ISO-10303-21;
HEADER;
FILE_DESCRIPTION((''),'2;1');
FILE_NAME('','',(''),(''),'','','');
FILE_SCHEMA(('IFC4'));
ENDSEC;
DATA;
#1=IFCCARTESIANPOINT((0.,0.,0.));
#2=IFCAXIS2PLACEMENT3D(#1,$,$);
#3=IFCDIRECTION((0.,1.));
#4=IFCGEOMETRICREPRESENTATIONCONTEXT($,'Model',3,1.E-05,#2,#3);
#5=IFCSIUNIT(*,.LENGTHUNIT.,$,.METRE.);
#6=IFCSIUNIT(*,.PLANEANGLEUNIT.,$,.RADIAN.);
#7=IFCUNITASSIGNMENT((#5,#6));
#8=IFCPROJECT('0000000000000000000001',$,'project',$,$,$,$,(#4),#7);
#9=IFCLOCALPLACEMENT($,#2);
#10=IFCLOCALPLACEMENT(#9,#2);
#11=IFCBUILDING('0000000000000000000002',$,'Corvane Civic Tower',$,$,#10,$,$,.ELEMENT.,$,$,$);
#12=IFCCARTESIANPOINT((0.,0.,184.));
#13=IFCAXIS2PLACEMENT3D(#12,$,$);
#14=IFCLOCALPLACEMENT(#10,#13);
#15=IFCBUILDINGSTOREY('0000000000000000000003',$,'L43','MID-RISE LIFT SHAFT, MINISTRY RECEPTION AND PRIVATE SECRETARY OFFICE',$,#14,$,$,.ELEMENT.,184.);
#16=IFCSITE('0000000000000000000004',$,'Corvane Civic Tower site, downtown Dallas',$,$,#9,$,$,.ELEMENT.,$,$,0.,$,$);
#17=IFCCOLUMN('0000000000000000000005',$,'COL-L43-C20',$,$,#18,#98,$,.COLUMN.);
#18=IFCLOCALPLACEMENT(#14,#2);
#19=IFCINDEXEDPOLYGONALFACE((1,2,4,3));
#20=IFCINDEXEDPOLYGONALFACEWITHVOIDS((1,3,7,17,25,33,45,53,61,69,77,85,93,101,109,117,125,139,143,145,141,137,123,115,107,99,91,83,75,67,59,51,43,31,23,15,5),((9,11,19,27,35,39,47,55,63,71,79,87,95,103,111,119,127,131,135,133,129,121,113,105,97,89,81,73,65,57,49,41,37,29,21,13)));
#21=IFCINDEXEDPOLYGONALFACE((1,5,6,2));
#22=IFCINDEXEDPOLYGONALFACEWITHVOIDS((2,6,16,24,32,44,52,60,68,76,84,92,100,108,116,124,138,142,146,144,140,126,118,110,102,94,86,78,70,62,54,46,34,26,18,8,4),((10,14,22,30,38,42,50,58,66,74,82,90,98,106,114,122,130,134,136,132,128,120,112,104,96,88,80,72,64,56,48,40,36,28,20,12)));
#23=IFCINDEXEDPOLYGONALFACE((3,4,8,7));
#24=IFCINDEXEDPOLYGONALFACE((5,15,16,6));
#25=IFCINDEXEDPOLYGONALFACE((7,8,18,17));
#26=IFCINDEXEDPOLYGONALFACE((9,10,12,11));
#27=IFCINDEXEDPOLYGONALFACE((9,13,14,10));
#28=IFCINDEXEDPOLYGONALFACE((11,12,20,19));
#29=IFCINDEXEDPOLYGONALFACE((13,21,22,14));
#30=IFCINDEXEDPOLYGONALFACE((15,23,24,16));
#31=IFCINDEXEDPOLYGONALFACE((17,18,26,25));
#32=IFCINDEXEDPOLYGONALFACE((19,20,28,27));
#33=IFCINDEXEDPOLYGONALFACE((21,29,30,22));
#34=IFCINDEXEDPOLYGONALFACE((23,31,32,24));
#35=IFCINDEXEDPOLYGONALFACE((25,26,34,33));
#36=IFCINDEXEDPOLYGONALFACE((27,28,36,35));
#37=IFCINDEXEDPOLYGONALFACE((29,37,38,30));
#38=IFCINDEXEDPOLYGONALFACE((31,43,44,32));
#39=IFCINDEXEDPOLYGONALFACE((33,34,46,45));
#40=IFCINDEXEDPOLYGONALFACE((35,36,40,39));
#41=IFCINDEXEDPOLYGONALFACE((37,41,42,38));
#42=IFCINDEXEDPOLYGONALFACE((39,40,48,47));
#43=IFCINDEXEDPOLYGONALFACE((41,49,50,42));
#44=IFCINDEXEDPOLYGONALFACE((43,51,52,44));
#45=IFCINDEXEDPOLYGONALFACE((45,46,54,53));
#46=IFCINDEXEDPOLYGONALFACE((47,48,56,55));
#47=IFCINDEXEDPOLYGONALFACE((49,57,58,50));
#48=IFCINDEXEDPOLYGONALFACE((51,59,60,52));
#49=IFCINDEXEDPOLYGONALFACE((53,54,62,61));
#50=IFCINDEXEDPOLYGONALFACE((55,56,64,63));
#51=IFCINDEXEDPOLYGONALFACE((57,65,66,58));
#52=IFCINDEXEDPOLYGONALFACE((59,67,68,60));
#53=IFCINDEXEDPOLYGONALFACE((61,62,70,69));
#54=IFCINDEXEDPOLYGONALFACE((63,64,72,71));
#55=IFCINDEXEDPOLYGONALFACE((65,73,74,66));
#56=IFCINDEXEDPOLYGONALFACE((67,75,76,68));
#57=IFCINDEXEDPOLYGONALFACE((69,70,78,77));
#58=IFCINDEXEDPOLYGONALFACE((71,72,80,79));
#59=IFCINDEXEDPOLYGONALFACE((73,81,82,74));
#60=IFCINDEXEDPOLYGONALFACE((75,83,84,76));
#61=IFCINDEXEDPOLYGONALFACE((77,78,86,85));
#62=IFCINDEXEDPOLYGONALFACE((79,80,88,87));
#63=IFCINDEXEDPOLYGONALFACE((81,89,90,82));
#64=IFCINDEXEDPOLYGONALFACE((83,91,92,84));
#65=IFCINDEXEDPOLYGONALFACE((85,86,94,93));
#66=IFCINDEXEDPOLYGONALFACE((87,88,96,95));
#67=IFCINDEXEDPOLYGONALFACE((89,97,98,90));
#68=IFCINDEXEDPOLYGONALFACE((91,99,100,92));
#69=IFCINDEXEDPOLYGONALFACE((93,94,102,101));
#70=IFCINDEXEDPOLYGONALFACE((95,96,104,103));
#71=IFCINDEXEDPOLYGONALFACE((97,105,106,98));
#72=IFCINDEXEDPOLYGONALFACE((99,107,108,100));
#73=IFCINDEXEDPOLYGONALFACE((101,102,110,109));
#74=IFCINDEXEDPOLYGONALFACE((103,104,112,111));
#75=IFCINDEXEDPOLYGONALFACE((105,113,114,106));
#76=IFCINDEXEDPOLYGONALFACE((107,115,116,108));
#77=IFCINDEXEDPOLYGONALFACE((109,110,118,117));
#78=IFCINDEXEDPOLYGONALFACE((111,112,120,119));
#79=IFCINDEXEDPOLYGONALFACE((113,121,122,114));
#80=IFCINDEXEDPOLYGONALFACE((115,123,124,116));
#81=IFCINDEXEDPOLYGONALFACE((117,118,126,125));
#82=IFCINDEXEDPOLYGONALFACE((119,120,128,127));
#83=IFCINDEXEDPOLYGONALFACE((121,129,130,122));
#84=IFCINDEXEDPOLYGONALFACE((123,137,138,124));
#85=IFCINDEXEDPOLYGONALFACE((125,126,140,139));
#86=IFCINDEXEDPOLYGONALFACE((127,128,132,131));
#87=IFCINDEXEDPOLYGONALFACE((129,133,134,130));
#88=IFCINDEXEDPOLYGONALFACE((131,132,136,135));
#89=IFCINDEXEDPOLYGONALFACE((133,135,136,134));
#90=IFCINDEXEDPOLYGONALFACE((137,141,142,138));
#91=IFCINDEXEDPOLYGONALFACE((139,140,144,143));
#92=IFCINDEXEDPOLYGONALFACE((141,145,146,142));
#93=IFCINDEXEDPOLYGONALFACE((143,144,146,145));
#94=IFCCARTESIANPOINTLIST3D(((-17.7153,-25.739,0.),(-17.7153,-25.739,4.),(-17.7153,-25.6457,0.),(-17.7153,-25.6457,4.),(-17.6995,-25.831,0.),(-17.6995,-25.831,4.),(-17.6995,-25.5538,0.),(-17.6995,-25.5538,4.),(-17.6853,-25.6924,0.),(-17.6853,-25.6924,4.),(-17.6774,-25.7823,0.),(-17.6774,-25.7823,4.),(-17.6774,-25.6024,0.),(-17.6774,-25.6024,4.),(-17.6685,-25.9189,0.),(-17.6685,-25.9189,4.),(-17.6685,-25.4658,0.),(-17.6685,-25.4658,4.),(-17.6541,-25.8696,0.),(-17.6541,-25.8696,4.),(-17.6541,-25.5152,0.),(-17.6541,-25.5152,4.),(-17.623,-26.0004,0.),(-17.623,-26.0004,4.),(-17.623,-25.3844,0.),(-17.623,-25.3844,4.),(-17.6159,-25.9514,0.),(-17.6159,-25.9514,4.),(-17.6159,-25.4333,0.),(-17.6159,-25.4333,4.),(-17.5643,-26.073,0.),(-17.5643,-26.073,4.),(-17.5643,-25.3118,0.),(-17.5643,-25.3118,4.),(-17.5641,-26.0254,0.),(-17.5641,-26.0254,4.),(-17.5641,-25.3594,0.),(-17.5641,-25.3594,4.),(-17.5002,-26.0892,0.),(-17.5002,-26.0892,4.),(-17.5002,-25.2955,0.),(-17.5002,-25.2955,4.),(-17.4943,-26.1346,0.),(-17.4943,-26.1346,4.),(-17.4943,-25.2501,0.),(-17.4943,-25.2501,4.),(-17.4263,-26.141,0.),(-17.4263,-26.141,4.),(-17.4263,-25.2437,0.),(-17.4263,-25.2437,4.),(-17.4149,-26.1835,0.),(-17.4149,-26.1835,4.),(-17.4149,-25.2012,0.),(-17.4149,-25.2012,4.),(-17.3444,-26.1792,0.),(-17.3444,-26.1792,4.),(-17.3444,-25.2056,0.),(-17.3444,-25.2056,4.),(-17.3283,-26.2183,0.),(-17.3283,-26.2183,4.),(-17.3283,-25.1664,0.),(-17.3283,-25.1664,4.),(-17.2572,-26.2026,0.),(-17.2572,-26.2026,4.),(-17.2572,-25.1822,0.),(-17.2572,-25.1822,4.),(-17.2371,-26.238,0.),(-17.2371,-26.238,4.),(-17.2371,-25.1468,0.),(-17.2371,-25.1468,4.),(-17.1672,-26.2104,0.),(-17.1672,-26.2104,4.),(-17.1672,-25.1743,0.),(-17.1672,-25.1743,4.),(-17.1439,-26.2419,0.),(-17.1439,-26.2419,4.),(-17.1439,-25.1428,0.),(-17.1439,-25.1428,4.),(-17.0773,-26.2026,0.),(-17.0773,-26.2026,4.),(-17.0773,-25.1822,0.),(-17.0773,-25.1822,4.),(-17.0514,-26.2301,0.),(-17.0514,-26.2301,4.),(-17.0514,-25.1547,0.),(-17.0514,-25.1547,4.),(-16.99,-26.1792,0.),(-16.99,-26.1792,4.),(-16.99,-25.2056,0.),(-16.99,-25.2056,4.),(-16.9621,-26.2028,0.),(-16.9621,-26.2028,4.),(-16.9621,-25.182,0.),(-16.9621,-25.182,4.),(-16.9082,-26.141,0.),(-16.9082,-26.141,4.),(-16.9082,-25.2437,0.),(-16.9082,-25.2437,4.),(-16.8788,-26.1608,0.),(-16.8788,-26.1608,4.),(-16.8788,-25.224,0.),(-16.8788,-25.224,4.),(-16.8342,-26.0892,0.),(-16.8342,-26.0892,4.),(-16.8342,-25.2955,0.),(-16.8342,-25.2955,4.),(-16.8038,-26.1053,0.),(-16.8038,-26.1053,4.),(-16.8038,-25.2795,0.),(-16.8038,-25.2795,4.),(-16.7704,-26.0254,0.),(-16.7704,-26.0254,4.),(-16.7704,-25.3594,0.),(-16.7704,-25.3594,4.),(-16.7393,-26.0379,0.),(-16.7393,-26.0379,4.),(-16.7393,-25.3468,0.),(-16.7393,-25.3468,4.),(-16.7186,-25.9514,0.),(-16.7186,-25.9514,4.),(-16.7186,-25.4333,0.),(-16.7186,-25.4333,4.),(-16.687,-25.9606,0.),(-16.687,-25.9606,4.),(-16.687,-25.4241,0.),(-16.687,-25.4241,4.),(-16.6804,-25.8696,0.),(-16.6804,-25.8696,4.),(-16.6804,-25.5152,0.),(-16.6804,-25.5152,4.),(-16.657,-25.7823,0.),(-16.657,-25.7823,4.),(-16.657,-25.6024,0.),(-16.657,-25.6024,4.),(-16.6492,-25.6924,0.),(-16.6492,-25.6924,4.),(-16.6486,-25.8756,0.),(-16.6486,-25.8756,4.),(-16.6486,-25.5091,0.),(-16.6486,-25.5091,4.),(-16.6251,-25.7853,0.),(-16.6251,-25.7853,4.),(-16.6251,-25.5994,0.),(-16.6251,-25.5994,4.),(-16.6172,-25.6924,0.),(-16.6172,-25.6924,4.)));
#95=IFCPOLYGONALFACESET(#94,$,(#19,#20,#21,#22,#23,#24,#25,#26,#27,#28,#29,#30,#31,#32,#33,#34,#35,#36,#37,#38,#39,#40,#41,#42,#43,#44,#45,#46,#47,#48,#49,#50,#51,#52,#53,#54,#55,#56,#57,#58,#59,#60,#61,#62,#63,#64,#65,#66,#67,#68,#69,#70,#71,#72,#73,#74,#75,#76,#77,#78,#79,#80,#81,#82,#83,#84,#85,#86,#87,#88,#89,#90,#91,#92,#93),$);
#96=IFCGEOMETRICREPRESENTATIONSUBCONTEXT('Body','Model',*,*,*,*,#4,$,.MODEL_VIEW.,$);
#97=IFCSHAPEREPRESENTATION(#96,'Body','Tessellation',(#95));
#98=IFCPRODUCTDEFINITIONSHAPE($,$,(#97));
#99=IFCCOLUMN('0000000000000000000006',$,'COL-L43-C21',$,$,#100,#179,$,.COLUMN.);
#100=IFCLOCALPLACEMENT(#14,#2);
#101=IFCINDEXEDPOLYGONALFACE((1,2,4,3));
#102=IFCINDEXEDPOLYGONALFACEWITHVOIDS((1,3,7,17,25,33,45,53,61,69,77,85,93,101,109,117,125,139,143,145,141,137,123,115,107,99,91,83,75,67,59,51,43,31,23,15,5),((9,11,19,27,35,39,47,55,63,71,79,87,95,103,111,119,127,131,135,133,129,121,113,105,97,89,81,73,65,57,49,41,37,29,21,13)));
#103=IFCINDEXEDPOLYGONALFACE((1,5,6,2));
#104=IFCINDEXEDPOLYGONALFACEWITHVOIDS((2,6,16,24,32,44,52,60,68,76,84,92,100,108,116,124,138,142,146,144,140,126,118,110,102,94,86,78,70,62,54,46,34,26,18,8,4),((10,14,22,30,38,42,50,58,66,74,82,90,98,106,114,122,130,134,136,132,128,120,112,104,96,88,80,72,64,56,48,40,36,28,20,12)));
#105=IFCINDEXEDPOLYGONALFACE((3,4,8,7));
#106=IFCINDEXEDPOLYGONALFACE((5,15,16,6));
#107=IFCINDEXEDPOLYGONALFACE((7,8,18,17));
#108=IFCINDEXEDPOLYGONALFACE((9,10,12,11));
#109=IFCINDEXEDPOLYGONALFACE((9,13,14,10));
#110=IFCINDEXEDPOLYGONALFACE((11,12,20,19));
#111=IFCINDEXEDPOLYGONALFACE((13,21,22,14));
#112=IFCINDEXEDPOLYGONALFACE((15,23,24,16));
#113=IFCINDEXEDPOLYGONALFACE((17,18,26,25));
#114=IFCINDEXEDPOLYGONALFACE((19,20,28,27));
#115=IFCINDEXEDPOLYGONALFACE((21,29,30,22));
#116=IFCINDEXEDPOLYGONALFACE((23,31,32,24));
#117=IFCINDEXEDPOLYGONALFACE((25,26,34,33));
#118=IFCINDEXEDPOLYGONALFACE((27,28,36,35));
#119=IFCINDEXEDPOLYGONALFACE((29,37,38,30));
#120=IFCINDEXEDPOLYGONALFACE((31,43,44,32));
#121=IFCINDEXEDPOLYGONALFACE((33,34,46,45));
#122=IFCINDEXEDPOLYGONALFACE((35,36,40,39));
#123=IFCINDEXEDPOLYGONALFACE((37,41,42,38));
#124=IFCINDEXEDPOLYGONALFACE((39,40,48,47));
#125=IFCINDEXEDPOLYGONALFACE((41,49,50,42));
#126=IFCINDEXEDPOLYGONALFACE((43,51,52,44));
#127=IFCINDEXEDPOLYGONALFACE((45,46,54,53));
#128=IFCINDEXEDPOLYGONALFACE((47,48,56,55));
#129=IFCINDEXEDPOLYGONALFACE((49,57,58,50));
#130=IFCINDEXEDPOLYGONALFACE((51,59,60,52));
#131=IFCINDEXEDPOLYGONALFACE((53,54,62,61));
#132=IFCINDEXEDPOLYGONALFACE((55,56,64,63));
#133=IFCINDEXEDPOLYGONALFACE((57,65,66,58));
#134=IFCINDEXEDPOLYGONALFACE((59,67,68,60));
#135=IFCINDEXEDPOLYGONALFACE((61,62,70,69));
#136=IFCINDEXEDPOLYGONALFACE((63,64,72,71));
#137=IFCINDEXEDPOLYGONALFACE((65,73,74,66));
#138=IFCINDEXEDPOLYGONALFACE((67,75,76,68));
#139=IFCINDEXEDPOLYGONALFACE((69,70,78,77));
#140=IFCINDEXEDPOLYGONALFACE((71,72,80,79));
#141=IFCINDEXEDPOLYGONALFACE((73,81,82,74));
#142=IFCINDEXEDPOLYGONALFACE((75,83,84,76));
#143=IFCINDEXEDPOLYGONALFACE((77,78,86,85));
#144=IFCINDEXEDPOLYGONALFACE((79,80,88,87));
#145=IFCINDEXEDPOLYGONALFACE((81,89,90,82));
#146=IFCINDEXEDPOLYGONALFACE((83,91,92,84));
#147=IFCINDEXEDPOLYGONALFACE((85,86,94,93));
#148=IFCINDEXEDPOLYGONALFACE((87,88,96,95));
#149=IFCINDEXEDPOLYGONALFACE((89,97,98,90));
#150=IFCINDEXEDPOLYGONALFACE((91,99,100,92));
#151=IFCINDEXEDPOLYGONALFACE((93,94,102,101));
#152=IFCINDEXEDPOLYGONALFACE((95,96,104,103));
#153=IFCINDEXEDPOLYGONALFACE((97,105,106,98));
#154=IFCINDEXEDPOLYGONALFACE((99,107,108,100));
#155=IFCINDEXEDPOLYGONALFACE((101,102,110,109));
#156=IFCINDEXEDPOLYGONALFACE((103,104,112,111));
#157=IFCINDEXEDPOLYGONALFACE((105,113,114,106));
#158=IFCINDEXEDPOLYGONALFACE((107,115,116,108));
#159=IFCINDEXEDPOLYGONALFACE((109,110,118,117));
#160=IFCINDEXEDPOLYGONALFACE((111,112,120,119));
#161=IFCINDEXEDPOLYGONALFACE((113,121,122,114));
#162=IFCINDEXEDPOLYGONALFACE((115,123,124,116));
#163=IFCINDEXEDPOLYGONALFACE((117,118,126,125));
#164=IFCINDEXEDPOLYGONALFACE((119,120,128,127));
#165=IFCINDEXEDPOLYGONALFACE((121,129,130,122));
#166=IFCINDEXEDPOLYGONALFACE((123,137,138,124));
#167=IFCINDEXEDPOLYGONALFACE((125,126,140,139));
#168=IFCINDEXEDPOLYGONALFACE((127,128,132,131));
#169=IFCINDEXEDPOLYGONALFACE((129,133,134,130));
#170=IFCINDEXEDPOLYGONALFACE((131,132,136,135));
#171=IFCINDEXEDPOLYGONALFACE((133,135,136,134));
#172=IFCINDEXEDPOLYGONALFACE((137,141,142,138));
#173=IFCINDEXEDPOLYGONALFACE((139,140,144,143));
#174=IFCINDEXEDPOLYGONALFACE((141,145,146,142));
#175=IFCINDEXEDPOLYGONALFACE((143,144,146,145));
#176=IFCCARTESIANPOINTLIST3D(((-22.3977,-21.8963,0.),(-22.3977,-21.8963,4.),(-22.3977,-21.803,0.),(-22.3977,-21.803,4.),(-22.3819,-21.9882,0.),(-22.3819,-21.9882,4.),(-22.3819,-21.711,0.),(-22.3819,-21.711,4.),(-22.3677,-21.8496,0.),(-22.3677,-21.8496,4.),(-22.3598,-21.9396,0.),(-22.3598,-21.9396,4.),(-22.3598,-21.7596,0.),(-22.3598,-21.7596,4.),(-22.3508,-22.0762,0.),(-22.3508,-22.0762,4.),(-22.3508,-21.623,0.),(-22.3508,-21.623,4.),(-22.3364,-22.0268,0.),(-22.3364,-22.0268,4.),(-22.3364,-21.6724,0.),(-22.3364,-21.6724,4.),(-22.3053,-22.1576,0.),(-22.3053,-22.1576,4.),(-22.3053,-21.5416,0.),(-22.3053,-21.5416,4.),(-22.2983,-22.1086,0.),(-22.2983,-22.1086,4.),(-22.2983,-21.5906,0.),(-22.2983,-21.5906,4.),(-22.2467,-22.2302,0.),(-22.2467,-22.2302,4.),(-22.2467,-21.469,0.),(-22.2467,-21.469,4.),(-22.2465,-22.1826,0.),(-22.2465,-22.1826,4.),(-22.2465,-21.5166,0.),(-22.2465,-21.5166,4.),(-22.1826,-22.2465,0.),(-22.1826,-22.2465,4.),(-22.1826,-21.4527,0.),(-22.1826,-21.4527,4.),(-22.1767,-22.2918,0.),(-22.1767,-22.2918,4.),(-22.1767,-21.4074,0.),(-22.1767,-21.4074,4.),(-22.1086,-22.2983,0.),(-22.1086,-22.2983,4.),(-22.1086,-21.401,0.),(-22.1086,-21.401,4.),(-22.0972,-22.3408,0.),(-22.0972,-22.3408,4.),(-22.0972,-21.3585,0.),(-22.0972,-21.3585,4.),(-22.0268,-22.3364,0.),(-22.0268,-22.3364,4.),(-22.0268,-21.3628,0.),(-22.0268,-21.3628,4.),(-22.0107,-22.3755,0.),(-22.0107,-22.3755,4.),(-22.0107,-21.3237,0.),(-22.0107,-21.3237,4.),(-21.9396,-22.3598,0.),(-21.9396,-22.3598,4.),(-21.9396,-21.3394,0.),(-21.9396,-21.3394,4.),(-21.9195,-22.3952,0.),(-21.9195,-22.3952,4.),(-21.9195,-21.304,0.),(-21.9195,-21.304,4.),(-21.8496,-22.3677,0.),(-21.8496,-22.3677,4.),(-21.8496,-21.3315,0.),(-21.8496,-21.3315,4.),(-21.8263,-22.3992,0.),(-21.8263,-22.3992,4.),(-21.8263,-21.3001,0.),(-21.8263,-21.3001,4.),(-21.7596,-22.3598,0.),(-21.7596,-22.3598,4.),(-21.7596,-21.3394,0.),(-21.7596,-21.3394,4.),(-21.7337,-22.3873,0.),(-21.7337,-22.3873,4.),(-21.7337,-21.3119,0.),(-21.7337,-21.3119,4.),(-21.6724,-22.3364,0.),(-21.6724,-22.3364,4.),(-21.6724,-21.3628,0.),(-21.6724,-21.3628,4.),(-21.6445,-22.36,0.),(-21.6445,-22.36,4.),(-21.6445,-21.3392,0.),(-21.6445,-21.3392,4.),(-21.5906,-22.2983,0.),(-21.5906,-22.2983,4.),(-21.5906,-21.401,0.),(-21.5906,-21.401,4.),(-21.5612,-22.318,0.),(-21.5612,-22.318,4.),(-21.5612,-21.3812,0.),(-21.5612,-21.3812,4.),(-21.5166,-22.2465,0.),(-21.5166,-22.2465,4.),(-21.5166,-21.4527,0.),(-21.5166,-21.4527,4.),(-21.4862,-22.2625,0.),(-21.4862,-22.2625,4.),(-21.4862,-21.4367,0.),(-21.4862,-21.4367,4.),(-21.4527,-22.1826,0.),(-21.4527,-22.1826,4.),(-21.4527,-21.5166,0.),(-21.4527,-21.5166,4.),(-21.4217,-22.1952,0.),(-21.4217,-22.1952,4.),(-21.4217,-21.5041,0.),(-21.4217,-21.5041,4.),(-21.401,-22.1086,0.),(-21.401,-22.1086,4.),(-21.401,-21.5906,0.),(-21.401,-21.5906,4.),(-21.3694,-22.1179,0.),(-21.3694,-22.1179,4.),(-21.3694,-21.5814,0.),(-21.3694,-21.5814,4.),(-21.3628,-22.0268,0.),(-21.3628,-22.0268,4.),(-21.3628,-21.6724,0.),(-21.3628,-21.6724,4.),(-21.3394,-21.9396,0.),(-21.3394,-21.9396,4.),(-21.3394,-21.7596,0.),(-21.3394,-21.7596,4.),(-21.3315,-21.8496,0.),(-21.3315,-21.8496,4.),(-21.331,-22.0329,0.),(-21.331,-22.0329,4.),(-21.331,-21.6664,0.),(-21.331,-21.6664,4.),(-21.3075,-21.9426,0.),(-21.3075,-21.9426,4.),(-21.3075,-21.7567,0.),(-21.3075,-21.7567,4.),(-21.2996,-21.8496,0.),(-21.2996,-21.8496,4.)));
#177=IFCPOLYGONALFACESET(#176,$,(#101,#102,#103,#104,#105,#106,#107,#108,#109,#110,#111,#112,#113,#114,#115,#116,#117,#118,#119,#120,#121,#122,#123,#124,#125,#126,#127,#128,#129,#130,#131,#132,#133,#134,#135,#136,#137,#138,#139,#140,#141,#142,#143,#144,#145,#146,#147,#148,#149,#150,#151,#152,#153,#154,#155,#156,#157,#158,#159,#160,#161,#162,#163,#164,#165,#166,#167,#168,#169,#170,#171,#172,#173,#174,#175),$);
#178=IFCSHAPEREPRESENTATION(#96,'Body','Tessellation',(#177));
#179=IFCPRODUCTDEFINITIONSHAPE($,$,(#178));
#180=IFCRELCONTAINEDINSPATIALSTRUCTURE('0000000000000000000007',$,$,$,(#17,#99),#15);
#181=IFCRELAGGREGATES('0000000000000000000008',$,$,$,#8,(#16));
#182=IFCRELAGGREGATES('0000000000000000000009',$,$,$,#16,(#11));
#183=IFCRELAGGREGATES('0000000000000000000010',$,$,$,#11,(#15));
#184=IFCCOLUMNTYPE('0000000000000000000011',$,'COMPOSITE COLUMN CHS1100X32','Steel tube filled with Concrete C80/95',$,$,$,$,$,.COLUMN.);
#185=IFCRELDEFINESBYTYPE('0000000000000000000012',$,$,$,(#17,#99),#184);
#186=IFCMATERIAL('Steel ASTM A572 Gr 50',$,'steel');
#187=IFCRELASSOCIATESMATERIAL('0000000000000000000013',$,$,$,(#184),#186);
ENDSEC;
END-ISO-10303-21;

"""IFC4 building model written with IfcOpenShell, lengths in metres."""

from ifc_helpers import new_model, si_unit, direction, frame, origin, origin_2d, place, context, subcontext, project, spatial, hollow_circle, extrude, material, material_profile, profile_set, type_object, element, save


model = new_model("IFC4")

# Units and contexts
model_context = context("Model", 3, precision=1e-05, world=origin(), true_north=direction((0.0, 1.0)))
body_context = subcontext(model_context, "Body", "Model", "MODEL_VIEW")
ifc_project = project(units=[si_unit("LENGTHUNIT", "METRE"), si_unit("PLANEANGLEUNIT", "RADIAN")], contexts=[model_context])

# Site, building, storey
site_placement = place(None, origin())
site = spatial("IfcSite", under=ifc_project, at=site_placement, Name="Corvane Civic Tower site, downtown Dallas", CompositionType="ELEMENT", RefElevation=0.0)
building_placement = place(site_placement, origin())
building = spatial("IfcBuilding", under=site, at=building_placement, Name="Corvane Civic Tower", CompositionType="ELEMENT")
storey_placement = place(building_placement, frame((0.0, 0.0, 184.0)))
storey = spatial("IfcBuildingStorey", under=building, at=storey_placement, Name="L43", Description="MID-RISE LIFT SHAFT, MINISTRY RECEPTION AND PRIVATE SECRETARY OFFICE", CompositionType="ELEMENT", Elevation=184.0)

# Columns
ifc_material_1 = material(Name="Steel ASTM A572 Gr 50", Category="steel")
ifc_material_profile_1 = material_profile(ifc_material_1, hollow_circle(Radius=0.55, WallThickness=0.032, at=origin_2d()), Name="CHS1100X32")
ifc_profile_set_1 = profile_set([ifc_material_profile_1], Name="Steel ASTM A572 Gr 50")
column_type = type_object("IfcColumnType", Name="COMPOSITE COLUMN CHS1100X32", Description="Steel tube filled with Concrete C80/95", PredefinedType="COLUMN", material=ifc_profile_set_1)
for number, where, z_axis, x_axis, name in (
    (1, (-17.1672, -25.6924, 0.0), (0.0, 0.0, 1.0), (1.0, 0.0, 0.0), "COL-L43-C20"),
    (2, (-21.8496, -21.8496, 0.0), (0.0, 0.0, 1.0), (1.0, 0.0, 0.0), "COL-L43-C21"),
):
    element("IfcColumn", number, at=place(storey_placement, frame(where, z_axis=z_axis, x_axis=x_axis)), inside=storey, type_object=column_type, Name=name, PredefinedType="COLUMN", context=body_context, shape_type="SweptSolid", body=[
        extrude(hollow_circle(Radius=0.55, WallThickness=0.032, at=origin_2d()), origin(), (0.0, 0.0, 1.0), 4.0),
    ])

save(model, "model.ifc")
